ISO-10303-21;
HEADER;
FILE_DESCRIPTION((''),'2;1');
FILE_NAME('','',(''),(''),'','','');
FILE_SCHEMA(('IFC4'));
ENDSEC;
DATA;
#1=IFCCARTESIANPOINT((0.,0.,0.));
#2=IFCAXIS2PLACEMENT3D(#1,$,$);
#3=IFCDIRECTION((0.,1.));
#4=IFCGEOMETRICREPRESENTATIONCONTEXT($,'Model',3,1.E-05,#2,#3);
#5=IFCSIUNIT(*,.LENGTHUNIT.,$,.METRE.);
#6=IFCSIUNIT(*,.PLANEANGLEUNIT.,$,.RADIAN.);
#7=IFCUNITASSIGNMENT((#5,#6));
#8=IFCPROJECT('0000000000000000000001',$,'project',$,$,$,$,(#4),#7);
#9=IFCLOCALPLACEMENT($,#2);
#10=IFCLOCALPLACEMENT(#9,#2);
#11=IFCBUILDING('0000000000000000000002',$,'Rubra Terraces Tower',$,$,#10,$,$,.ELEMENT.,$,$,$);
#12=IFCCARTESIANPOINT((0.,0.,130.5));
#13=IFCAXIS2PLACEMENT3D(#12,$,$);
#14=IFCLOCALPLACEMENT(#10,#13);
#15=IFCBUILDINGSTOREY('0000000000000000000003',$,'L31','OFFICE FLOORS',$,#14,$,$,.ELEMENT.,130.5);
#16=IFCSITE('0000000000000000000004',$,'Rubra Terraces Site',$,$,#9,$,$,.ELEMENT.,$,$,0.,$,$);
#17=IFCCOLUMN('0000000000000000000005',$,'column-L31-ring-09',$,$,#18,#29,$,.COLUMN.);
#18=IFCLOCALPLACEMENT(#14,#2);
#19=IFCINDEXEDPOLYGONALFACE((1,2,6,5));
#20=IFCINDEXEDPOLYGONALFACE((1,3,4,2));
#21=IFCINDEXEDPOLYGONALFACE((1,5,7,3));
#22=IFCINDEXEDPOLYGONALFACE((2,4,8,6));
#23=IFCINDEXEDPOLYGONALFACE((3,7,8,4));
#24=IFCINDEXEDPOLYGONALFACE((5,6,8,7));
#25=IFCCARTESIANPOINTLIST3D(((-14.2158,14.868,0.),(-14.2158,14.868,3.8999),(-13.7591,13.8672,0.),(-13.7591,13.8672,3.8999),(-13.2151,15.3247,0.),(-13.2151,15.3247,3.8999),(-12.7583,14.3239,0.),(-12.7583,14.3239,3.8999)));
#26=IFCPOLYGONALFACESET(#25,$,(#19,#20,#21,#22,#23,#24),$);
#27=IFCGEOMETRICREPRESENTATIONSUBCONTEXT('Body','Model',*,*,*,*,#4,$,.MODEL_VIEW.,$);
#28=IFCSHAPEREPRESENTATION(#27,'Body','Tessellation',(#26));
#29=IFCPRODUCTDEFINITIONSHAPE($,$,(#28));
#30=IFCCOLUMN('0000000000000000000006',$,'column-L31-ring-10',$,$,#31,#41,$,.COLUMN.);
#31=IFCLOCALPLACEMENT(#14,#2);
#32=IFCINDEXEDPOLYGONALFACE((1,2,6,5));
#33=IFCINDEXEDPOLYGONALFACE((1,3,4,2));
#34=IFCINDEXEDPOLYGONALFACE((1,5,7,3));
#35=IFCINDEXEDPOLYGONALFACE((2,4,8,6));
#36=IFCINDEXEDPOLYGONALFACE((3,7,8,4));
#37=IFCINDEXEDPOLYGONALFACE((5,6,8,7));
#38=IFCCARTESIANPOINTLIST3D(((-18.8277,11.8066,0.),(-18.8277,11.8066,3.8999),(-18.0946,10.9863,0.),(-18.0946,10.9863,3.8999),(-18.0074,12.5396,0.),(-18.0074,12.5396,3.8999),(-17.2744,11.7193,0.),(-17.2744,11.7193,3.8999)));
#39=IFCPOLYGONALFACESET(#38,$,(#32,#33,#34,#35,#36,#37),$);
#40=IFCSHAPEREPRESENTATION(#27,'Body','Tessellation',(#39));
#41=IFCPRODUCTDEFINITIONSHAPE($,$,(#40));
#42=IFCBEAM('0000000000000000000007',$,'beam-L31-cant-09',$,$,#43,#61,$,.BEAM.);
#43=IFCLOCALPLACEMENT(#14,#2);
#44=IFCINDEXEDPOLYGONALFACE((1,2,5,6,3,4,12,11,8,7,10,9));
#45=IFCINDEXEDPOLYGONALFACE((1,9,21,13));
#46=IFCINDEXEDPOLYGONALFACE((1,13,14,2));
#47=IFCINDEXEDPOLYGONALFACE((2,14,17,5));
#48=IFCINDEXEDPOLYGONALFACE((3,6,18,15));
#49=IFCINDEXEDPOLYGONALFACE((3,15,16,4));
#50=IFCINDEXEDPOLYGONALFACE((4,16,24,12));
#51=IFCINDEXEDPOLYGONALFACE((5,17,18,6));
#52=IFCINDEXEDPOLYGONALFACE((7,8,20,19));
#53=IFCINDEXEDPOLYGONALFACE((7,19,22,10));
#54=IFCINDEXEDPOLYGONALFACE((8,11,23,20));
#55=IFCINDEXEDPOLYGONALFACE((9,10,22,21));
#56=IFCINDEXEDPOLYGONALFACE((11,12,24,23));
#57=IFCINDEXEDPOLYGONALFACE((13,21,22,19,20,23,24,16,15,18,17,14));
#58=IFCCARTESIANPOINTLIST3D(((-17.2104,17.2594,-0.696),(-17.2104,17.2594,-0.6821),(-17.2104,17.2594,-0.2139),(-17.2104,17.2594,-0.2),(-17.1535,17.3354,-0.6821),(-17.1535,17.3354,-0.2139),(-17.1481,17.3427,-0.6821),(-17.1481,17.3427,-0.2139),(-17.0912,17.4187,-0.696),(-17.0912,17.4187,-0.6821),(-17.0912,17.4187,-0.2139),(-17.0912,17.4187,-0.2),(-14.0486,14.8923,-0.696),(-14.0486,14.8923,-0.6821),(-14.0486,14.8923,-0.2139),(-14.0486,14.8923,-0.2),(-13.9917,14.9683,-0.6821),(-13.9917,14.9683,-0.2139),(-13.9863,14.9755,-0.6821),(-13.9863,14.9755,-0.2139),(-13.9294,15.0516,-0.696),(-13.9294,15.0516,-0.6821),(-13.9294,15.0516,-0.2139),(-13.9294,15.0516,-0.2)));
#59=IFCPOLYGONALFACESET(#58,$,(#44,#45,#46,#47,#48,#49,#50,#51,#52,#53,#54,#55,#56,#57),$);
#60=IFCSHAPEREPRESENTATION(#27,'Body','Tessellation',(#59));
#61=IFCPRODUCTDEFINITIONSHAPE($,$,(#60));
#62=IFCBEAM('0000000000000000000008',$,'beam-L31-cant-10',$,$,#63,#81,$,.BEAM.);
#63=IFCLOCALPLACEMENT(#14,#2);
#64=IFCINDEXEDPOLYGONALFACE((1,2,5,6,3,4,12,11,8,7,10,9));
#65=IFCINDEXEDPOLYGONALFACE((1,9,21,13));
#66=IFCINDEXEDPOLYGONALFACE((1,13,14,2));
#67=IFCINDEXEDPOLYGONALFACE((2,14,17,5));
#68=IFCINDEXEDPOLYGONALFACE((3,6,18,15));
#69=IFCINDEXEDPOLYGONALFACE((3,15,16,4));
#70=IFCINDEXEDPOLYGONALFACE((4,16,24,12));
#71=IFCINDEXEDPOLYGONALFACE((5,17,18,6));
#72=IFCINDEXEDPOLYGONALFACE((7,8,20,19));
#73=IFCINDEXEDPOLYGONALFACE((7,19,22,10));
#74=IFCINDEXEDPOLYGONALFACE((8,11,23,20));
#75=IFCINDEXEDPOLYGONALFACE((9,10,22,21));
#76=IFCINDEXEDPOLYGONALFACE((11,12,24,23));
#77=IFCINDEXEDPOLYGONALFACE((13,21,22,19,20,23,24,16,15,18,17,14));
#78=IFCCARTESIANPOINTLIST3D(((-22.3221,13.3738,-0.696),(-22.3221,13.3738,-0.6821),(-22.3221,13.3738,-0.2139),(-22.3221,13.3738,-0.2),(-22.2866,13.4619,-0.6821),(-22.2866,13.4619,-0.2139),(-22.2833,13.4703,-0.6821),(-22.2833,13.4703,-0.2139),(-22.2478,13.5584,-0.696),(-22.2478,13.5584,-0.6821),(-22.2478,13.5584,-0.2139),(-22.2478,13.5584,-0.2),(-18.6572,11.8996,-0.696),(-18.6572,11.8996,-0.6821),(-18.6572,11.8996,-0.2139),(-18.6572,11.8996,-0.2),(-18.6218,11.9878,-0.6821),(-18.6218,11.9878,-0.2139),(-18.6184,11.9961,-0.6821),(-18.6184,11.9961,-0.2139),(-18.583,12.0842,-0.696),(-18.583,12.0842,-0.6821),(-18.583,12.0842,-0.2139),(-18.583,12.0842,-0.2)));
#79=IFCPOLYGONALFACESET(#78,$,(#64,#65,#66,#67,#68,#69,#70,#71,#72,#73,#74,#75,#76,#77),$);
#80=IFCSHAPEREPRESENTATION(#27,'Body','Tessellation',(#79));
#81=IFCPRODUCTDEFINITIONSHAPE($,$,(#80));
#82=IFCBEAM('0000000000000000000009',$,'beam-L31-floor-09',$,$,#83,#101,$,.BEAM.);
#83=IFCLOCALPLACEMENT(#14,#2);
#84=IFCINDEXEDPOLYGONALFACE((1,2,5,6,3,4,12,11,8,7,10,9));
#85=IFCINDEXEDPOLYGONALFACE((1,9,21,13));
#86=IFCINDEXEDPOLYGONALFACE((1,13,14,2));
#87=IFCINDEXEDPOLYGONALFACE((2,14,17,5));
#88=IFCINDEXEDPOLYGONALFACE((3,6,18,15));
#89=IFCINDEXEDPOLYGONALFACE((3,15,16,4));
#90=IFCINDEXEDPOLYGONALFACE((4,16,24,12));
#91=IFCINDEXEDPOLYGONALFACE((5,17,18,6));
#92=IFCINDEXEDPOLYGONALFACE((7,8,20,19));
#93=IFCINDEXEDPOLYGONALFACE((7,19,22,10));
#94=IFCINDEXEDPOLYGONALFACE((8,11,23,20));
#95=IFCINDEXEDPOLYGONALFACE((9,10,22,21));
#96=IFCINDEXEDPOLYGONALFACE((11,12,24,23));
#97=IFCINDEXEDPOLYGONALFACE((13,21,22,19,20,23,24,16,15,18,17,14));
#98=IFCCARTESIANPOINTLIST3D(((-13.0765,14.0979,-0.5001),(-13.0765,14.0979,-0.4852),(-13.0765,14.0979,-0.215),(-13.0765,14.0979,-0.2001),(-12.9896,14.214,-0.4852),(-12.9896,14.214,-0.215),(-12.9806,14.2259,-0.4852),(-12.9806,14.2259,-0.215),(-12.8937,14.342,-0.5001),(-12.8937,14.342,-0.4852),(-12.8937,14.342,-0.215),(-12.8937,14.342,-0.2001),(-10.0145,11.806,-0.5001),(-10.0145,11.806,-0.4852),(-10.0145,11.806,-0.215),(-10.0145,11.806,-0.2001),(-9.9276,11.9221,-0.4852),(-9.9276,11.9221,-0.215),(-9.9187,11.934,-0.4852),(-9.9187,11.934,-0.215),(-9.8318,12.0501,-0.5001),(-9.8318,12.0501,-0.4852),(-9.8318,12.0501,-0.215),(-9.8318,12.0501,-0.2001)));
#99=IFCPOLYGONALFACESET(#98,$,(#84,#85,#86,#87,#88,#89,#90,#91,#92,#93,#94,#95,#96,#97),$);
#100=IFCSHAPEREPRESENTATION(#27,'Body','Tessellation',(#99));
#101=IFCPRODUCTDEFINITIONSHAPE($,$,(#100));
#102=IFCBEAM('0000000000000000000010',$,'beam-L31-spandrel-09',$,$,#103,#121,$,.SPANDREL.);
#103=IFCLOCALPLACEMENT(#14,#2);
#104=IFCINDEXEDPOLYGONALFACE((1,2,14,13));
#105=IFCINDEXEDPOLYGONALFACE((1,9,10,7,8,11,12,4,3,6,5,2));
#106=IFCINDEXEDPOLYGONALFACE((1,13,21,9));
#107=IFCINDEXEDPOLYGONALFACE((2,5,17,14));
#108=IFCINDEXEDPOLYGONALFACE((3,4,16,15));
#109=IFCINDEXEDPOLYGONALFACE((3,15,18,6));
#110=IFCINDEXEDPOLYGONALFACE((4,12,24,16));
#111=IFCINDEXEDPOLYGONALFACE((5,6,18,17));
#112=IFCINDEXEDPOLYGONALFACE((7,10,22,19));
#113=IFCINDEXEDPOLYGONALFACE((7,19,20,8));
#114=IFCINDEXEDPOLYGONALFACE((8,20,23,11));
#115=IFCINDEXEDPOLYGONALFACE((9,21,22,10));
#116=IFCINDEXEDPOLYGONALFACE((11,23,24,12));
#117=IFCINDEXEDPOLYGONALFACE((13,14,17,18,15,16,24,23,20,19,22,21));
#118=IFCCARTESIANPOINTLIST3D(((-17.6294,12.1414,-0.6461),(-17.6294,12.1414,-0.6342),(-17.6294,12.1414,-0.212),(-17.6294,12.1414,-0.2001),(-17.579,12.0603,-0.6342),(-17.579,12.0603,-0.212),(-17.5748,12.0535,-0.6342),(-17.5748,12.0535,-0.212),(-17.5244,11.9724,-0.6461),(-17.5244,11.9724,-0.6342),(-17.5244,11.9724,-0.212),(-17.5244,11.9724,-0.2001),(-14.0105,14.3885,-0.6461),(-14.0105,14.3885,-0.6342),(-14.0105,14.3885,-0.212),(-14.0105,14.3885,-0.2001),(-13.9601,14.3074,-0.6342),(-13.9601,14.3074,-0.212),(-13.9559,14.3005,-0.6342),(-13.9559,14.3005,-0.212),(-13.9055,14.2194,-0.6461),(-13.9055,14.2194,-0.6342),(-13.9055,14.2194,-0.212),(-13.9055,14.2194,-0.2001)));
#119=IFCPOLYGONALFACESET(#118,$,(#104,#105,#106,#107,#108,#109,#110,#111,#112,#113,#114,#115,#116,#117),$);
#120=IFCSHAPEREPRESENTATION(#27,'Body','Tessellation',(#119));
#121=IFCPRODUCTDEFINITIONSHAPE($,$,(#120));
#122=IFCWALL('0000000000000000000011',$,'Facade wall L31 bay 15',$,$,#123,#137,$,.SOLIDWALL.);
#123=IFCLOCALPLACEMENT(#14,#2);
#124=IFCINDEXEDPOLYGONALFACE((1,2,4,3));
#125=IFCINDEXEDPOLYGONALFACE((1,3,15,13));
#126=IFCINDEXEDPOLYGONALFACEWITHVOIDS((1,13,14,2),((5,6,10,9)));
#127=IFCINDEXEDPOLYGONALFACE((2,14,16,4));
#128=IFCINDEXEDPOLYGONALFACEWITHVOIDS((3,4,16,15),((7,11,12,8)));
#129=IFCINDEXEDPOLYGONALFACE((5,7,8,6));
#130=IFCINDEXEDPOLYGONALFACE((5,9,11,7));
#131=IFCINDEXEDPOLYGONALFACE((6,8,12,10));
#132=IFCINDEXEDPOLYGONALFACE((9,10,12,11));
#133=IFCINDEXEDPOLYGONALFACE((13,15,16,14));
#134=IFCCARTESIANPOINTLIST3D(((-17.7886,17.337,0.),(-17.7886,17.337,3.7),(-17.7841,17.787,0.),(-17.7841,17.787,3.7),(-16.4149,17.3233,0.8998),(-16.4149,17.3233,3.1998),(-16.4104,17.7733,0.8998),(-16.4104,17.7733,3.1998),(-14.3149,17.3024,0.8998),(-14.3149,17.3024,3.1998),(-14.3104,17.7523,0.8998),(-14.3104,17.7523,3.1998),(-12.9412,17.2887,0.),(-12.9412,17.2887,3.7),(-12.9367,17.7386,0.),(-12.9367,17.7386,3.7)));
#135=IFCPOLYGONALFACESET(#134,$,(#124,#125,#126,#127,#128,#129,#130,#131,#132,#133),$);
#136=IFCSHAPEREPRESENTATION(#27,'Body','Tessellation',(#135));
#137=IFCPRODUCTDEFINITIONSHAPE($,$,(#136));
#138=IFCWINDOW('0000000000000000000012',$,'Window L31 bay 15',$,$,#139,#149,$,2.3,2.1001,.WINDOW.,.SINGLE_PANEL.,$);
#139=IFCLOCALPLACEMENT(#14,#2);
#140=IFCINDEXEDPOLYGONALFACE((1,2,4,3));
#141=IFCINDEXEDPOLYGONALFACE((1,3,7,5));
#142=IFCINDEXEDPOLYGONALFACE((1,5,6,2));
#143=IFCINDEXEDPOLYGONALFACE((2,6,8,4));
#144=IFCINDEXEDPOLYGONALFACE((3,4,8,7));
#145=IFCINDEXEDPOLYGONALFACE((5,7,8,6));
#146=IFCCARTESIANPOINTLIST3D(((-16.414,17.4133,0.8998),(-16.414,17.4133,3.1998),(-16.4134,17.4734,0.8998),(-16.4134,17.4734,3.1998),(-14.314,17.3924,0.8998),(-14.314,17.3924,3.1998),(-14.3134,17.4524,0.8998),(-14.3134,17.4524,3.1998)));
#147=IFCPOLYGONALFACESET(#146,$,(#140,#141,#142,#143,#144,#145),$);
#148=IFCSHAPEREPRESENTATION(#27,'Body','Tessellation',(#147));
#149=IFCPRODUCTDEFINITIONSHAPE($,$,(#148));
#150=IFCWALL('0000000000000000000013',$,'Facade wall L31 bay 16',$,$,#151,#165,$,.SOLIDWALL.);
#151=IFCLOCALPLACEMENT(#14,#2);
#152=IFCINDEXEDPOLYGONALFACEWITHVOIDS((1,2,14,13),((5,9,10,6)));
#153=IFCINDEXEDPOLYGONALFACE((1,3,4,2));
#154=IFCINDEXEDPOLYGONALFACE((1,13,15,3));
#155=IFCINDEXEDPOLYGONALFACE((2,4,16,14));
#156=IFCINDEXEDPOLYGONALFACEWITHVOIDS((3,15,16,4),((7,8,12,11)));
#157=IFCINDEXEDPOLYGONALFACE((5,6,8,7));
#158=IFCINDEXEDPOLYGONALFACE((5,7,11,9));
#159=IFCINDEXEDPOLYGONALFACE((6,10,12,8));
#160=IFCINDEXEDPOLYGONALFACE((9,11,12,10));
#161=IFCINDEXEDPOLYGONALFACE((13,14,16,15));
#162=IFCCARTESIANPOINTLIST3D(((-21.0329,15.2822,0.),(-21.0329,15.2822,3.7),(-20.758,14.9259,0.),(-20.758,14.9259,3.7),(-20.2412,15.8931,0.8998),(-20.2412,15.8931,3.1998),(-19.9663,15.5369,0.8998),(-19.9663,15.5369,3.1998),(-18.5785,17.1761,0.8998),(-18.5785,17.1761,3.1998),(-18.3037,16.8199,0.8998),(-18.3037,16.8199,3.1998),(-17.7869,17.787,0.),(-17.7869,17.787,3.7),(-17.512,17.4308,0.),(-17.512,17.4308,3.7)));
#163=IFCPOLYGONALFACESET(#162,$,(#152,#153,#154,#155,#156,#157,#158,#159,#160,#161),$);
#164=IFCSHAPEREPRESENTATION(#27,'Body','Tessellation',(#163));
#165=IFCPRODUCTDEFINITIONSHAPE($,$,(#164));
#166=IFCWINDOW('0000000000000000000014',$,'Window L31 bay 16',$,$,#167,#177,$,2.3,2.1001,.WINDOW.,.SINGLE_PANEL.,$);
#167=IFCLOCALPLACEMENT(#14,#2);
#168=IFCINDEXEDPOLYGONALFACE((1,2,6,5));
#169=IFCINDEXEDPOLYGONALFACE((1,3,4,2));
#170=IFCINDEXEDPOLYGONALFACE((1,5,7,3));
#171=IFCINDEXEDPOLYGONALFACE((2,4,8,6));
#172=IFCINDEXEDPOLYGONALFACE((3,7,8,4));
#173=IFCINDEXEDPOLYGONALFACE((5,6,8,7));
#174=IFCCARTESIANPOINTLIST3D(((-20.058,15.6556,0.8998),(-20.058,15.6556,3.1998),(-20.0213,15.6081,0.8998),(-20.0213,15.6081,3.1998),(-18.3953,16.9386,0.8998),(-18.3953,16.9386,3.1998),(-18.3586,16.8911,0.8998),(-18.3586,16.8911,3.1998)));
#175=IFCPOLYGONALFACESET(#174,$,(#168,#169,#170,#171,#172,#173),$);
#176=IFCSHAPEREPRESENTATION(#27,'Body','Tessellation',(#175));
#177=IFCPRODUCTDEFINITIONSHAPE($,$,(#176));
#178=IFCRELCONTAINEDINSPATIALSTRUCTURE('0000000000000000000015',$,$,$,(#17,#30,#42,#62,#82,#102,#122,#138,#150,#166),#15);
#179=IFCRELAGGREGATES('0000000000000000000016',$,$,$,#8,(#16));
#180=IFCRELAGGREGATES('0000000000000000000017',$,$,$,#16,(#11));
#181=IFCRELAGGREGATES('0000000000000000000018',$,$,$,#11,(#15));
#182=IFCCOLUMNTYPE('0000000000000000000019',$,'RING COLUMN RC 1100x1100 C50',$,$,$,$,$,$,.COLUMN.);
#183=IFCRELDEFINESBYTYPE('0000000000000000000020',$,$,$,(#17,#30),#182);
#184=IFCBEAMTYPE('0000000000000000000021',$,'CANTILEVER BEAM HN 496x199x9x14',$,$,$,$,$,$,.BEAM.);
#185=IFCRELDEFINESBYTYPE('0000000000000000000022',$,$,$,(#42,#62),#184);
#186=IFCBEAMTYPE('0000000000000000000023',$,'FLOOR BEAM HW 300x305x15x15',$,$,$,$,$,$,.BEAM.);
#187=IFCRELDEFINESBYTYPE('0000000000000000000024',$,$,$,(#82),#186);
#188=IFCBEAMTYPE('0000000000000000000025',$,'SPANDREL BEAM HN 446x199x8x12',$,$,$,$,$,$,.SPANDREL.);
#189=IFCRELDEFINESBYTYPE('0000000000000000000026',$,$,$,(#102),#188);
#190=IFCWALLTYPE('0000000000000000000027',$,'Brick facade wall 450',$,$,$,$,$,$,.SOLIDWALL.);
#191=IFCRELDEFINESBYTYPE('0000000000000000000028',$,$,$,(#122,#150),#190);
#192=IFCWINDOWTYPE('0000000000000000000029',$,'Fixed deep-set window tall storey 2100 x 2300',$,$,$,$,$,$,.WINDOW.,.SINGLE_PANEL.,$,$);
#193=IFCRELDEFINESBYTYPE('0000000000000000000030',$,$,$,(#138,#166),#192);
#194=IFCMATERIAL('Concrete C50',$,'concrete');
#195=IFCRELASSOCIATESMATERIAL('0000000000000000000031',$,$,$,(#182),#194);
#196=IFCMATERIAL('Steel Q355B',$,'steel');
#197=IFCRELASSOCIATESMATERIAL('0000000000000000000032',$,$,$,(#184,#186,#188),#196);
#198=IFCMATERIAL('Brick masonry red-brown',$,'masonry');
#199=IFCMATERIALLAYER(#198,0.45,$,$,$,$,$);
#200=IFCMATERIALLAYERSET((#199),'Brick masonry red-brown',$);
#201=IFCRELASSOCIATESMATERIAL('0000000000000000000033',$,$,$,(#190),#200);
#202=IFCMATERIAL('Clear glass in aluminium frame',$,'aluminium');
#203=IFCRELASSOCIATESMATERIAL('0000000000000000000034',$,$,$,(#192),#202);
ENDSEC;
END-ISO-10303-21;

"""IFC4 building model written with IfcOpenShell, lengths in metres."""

from ifc_helpers import new_model, si_unit, direction, frame, frame_2d, origin, origin_2d, place, context, subcontext, project, spatial, rectangle, i_section, extrude, material, layer, layer_set, material_profile, profile_set, type_object, element, fill, save


model = new_model("IFC4")

# Units and contexts
model_context = context("Model", 3, precision=1e-05, world=origin(), true_north=direction((0.0, 1.0)))
body_context = subcontext(model_context, "Body", "Model", "MODEL_VIEW")
ifc_project = project(units=[si_unit("LENGTHUNIT", "METRE"), si_unit("PLANEANGLEUNIT", "RADIAN")], contexts=[model_context])

# Site, building, storey
site_placement = place(None, origin())
site = spatial("IfcSite", under=ifc_project, at=site_placement, Name="Rubra Terraces Site", CompositionType="ELEMENT", RefElevation=0.0)
building_placement = place(site_placement, origin())
building = spatial("IfcBuilding", under=site, at=building_placement, Name="Rubra Terraces Tower", CompositionType="ELEMENT")
storey_placement = place(building_placement, frame((0.0, 0.0, 130.5)))
storey = spatial("IfcBuildingStorey", under=building, at=storey_placement, Name="L31", Description="OFFICE FLOORS", CompositionType="ELEMENT", Elevation=130.5)

# Columns
ifc_material_1 = material(Name="Concrete C50", Category="concrete")
ifc_material_profile_1 = material_profile(ifc_material_1, rectangle(XDim=1.1001, YDim=1.1001, at=origin_2d()), Name="RC 1100x1100")
ifc_profile_set_1 = profile_set([ifc_material_profile_1], Name="Concrete C50")
column_type = type_object("IfcColumnType", Name="RING COLUMN RC 1100x1100 C50", PredefinedType="COLUMN", material=ifc_profile_set_1)
for number, where, z_axis, x_axis, name in (
    (1, (-13.4871, 14.5959, 0.0), (0.0, 0.0, 1.0), (-0.909726, -0.415208, 0.0), "column-L31-ring-09"),
    (2, (-18.051, 11.7629, 0.0), (0.0, 0.0, 1.0), (-0.745642, -0.666347, 0.0), "column-L31-ring-10"),
):
    element("IfcColumn", number, at=place(storey_placement, frame(where, z_axis=z_axis, x_axis=x_axis)), inside=storey, type_object=column_type, Name=name, PredefinedType="COLUMN", context=body_context, shape_type="SweptSolid", body=[
        extrude(rectangle(XDim=1.1001, YDim=1.1001, at=origin_2d()), origin(), (0.0, 0.0, 1.0), 3.8999),
    ])

# Beams
ifc_material_2 = material(Name="Steel Q355B", Category="steel")
ifc_material_profile_2 = material_profile(ifc_material_2, i_section(OverallWidth=0.199, OverallDepth=0.4961, WebThickness=0.009, FlangeThickness=0.0139, at=origin_2d()), Name="HN 496x199x9x14")
ifc_profile_set_2 = profile_set([ifc_material_profile_2], Name="Steel Q355B")
beam_type_1 = type_object("IfcBeamType", Name="CANTILEVER BEAM HN 496x199x9x14", PredefinedType="BEAM", material=ifc_profile_set_2)
beam_1_placement = place(storey_placement, frame((-13.989, 14.9719, -0.448), z_axis=(-0.800512, 0.599317, 0.0), x_axis=(-0.599317, -0.800512, 0.0)))
element("IfcBeam", 3, at=beam_1_placement, inside=storey, type_object=beam_type_1, Name="beam-L31-cant-09", PredefinedType="BEAM", context=body_context, shape_type="SweptSolid", body=[
    extrude(i_section(OverallWidth=0.199, OverallDepth=0.4961, WebThickness=0.009, FlangeThickness=0.0139, at=origin_2d()), origin(), (0.0, 0.0, 1.0), 3.9497),
])
beam_2_placement = place(storey_placement, frame((-18.6201, 11.9919, -0.448), z_axis=(-0.927759, 0.37318, 0.0), x_axis=(-0.37318, -0.927759, 0.0)))
element("IfcBeam", 4, at=beam_2_placement, inside=storey, type_object=beam_type_1, Name="beam-L31-cant-10", PredefinedType="BEAM", context=body_context, shape_type="SweptSolid", body=[
    extrude(i_section(OverallWidth=0.199, OverallDepth=0.4961, WebThickness=0.009, FlangeThickness=0.0139, at=origin_2d()), origin(), (0.0, 0.0, 1.0), 3.9502),
])
ifc_material_profile_3 = material_profile(ifc_material_2, i_section(OverallWidth=0.3049, OverallDepth=0.3, WebThickness=0.0149, FlangeThickness=0.0149, at=origin_2d()), Name="HW 300x305x15x15")
ifc_profile_set_3 = profile_set([ifc_material_profile_3], Name="Steel Q355B")
beam_type_2 = type_object("IfcBeamType", Name="FLOOR BEAM HW 300x305x15x15", PredefinedType="BEAM", material=ifc_profile_set_3)
beam_3_placement = place(storey_placement, frame((-12.9851, 14.22, -0.3501), z_axis=(0.800566, -0.599244, 0.0), x_axis=(0.599244, 0.800566, 0.0)))
element("IfcBeam", 5, at=beam_3_placement, inside=storey, type_object=beam_type_2, Name="beam-L31-floor-09", PredefinedType="BEAM", context=body_context, shape_type="SweptSolid", body=[
    extrude(i_section(OverallWidth=0.3049, OverallDepth=0.3, WebThickness=0.0149, FlangeThickness=0.0149, at=origin_2d()), origin(), (0.0, 0.0, 1.0), 3.8247),
])
ifc_material_profile_4 = material_profile(ifc_material_2, i_section(OverallWidth=0.199, OverallDepth=0.446, WebThickness=0.0081, FlangeThickness=0.012, at=origin_2d()), Name="HN 446x199x8x12")
ifc_profile_set_4 = profile_set([ifc_material_profile_4], Name="Steel Q355B")
beam_type_3 = type_object("IfcBeamType", Name="SPANDREL BEAM HN 446x199x8x12", PredefinedType="SPANDREL", material=ifc_profile_set_4)
beam_4_placement = place(storey_placement, frame((-13.958, 14.304, -0.4231), z_axis=(-0.84955, -0.527508, 0.0), x_axis=(0.527508, -0.84955, 0.0)))
element("IfcBeam", 6, at=beam_4_placement, inside=storey, type_object=beam_type_3, Name="beam-L31-spandrel-09", PredefinedType="SPANDREL", context=body_context, shape_type="SweptSolid", body=[
    extrude(i_section(OverallWidth=0.199, OverallDepth=0.446, WebThickness=0.0081, FlangeThickness=0.012, at=origin_2d()), origin(), (0.0, 0.0, 1.0), 4.2598),
])

# Walls, openings, windows
ifc_material_3 = material(Name="Brick masonry red-brown", Category="masonry")
ifc_layer_1 = layer(ifc_material_3, 0.45)
ifc_layer_set_1 = layer_set([ifc_layer_1], Name="Brick masonry red-brown")
wall_type_1 = type_object("IfcWallType", Name="Brick facade wall 450", PredefinedType="SOLIDWALL", material=ifc_layer_set_1)
wall_1_placement = place(storey_placement, frame((-12.939, 17.5137, 0.0), z_axis=(0.0, 0.0, 1.0), x_axis=(-0.99995, 0.009972, 0.0)))
wall_1 = element("IfcWall", 7, at=wall_1_placement, inside=storey, type_object=wall_type_1, Name="Facade wall L31 bay 15", PredefinedType="SOLIDWALL", context=body_context, shape_type="SweptSolid", body=[
    extrude(rectangle(XDim=4.8477, YDim=0.45, at=frame_2d((2.4238, 0.0))), origin(), (0.0, 0.0, 1.0), 3.7),
])
opening_1_placement = place(wall_1_placement, frame((1.3738, 0.0, 0.8999)))
opening_1 = element("IfcOpeningElement", 8, at=opening_1_placement, cuts=wall_1, PredefinedType="OPENING", context=body_context, shape_type="SweptSolid", body=[
    extrude(rectangle(XDim=2.1001, YDim=2.3, at=frame_2d((1.05, 1.1499))), frame((0.0, 0.2349, 0.0), z_axis=(0.0, -1.0, 0.0), x_axis=(1.0, 0.0, 0.0)), (0.0, 0.0, 1.0), 0.47),
])
ifc_material_4 = material(Name="Clear glass in aluminium frame", Category="aluminium")
window_type_1 = type_object("IfcWindowType", Name="Fixed deep-set window tall storey 2100 x 2300", PartitioningType="SINGLE_PANEL", PredefinedType="WINDOW", material=ifc_material_4)
window_1_placement = place(opening_1_placement, origin())
window_1 = element("IfcWindow", 9, at=window_1_placement, inside=storey, type_object=window_type_1, Name="Window L31 bay 15", OverallHeight=2.3, OverallWidth=2.1001, PartitioningType="SINGLE_PANEL", PredefinedType="WINDOW", context=body_context, shape_type="SweptSolid", body=[
    extrude(rectangle(XDim=2.1001, YDim=2.3, at=frame_2d((1.05, 1.1499))), frame((0.0, 0.135, 0.0), z_axis=(0.0, -1.0, 0.0), x_axis=(1.0, 0.0, 0.0)), (0.0, 0.0, 1.0), 0.0601),
])
fill(opening_1, window_1)
wall_2_placement = place(storey_placement, frame((-17.6494, 17.6089, 0.0), z_axis=(0.0, 0.0, 1.0), x_axis=(-0.791693, -0.610919, 0.0)))
wall_2 = element("IfcWall", 10, at=wall_2_placement, inside=storey, type_object=wall_type_1, Name="Facade wall L31 bay 16", PredefinedType="SOLIDWALL", context=body_context, shape_type="SweptSolid", body=[
    extrude(rectangle(XDim=4.1001, YDim=0.45, at=frame_2d((2.05, 0.0))), origin(), (0.0, 0.0, 1.0), 3.7),
])
opening_2_placement = place(wall_2_placement, frame((1.0, 0.0, 0.8999)))
opening_2 = element("IfcOpeningElement", 11, at=opening_2_placement, cuts=wall_2, PredefinedType="OPENING", context=body_context, shape_type="SweptSolid", body=[
    extrude(rectangle(XDim=2.1001, YDim=2.3, at=frame_2d((1.05, 1.1499))), frame((0.0, 0.2349, 0.0), z_axis=(0.0, -1.0, 0.0), x_axis=(1.0, 0.0, 0.0)), (0.0, 0.0, 1.0), 0.47),
])
window_2_placement = place(opening_2_placement, origin())
window_2 = element("IfcWindow", 12, at=window_2_placement, inside=storey, type_object=window_type_1, Name="Window L31 bay 16", OverallHeight=2.3, OverallWidth=2.1001, PartitioningType="SINGLE_PANEL", PredefinedType="WINDOW", context=body_context, shape_type="SweptSolid", body=[
    extrude(rectangle(XDim=2.1001, YDim=2.3, at=frame_2d((1.05, 1.1499))), frame((0.0, 0.135, 0.0), z_axis=(0.0, -1.0, 0.0), x_axis=(1.0, 0.0, 0.0)), (0.0, 0.0, 1.0), 0.0601),
])
fill(opening_2, window_2)

save(model, "model.ifc")
